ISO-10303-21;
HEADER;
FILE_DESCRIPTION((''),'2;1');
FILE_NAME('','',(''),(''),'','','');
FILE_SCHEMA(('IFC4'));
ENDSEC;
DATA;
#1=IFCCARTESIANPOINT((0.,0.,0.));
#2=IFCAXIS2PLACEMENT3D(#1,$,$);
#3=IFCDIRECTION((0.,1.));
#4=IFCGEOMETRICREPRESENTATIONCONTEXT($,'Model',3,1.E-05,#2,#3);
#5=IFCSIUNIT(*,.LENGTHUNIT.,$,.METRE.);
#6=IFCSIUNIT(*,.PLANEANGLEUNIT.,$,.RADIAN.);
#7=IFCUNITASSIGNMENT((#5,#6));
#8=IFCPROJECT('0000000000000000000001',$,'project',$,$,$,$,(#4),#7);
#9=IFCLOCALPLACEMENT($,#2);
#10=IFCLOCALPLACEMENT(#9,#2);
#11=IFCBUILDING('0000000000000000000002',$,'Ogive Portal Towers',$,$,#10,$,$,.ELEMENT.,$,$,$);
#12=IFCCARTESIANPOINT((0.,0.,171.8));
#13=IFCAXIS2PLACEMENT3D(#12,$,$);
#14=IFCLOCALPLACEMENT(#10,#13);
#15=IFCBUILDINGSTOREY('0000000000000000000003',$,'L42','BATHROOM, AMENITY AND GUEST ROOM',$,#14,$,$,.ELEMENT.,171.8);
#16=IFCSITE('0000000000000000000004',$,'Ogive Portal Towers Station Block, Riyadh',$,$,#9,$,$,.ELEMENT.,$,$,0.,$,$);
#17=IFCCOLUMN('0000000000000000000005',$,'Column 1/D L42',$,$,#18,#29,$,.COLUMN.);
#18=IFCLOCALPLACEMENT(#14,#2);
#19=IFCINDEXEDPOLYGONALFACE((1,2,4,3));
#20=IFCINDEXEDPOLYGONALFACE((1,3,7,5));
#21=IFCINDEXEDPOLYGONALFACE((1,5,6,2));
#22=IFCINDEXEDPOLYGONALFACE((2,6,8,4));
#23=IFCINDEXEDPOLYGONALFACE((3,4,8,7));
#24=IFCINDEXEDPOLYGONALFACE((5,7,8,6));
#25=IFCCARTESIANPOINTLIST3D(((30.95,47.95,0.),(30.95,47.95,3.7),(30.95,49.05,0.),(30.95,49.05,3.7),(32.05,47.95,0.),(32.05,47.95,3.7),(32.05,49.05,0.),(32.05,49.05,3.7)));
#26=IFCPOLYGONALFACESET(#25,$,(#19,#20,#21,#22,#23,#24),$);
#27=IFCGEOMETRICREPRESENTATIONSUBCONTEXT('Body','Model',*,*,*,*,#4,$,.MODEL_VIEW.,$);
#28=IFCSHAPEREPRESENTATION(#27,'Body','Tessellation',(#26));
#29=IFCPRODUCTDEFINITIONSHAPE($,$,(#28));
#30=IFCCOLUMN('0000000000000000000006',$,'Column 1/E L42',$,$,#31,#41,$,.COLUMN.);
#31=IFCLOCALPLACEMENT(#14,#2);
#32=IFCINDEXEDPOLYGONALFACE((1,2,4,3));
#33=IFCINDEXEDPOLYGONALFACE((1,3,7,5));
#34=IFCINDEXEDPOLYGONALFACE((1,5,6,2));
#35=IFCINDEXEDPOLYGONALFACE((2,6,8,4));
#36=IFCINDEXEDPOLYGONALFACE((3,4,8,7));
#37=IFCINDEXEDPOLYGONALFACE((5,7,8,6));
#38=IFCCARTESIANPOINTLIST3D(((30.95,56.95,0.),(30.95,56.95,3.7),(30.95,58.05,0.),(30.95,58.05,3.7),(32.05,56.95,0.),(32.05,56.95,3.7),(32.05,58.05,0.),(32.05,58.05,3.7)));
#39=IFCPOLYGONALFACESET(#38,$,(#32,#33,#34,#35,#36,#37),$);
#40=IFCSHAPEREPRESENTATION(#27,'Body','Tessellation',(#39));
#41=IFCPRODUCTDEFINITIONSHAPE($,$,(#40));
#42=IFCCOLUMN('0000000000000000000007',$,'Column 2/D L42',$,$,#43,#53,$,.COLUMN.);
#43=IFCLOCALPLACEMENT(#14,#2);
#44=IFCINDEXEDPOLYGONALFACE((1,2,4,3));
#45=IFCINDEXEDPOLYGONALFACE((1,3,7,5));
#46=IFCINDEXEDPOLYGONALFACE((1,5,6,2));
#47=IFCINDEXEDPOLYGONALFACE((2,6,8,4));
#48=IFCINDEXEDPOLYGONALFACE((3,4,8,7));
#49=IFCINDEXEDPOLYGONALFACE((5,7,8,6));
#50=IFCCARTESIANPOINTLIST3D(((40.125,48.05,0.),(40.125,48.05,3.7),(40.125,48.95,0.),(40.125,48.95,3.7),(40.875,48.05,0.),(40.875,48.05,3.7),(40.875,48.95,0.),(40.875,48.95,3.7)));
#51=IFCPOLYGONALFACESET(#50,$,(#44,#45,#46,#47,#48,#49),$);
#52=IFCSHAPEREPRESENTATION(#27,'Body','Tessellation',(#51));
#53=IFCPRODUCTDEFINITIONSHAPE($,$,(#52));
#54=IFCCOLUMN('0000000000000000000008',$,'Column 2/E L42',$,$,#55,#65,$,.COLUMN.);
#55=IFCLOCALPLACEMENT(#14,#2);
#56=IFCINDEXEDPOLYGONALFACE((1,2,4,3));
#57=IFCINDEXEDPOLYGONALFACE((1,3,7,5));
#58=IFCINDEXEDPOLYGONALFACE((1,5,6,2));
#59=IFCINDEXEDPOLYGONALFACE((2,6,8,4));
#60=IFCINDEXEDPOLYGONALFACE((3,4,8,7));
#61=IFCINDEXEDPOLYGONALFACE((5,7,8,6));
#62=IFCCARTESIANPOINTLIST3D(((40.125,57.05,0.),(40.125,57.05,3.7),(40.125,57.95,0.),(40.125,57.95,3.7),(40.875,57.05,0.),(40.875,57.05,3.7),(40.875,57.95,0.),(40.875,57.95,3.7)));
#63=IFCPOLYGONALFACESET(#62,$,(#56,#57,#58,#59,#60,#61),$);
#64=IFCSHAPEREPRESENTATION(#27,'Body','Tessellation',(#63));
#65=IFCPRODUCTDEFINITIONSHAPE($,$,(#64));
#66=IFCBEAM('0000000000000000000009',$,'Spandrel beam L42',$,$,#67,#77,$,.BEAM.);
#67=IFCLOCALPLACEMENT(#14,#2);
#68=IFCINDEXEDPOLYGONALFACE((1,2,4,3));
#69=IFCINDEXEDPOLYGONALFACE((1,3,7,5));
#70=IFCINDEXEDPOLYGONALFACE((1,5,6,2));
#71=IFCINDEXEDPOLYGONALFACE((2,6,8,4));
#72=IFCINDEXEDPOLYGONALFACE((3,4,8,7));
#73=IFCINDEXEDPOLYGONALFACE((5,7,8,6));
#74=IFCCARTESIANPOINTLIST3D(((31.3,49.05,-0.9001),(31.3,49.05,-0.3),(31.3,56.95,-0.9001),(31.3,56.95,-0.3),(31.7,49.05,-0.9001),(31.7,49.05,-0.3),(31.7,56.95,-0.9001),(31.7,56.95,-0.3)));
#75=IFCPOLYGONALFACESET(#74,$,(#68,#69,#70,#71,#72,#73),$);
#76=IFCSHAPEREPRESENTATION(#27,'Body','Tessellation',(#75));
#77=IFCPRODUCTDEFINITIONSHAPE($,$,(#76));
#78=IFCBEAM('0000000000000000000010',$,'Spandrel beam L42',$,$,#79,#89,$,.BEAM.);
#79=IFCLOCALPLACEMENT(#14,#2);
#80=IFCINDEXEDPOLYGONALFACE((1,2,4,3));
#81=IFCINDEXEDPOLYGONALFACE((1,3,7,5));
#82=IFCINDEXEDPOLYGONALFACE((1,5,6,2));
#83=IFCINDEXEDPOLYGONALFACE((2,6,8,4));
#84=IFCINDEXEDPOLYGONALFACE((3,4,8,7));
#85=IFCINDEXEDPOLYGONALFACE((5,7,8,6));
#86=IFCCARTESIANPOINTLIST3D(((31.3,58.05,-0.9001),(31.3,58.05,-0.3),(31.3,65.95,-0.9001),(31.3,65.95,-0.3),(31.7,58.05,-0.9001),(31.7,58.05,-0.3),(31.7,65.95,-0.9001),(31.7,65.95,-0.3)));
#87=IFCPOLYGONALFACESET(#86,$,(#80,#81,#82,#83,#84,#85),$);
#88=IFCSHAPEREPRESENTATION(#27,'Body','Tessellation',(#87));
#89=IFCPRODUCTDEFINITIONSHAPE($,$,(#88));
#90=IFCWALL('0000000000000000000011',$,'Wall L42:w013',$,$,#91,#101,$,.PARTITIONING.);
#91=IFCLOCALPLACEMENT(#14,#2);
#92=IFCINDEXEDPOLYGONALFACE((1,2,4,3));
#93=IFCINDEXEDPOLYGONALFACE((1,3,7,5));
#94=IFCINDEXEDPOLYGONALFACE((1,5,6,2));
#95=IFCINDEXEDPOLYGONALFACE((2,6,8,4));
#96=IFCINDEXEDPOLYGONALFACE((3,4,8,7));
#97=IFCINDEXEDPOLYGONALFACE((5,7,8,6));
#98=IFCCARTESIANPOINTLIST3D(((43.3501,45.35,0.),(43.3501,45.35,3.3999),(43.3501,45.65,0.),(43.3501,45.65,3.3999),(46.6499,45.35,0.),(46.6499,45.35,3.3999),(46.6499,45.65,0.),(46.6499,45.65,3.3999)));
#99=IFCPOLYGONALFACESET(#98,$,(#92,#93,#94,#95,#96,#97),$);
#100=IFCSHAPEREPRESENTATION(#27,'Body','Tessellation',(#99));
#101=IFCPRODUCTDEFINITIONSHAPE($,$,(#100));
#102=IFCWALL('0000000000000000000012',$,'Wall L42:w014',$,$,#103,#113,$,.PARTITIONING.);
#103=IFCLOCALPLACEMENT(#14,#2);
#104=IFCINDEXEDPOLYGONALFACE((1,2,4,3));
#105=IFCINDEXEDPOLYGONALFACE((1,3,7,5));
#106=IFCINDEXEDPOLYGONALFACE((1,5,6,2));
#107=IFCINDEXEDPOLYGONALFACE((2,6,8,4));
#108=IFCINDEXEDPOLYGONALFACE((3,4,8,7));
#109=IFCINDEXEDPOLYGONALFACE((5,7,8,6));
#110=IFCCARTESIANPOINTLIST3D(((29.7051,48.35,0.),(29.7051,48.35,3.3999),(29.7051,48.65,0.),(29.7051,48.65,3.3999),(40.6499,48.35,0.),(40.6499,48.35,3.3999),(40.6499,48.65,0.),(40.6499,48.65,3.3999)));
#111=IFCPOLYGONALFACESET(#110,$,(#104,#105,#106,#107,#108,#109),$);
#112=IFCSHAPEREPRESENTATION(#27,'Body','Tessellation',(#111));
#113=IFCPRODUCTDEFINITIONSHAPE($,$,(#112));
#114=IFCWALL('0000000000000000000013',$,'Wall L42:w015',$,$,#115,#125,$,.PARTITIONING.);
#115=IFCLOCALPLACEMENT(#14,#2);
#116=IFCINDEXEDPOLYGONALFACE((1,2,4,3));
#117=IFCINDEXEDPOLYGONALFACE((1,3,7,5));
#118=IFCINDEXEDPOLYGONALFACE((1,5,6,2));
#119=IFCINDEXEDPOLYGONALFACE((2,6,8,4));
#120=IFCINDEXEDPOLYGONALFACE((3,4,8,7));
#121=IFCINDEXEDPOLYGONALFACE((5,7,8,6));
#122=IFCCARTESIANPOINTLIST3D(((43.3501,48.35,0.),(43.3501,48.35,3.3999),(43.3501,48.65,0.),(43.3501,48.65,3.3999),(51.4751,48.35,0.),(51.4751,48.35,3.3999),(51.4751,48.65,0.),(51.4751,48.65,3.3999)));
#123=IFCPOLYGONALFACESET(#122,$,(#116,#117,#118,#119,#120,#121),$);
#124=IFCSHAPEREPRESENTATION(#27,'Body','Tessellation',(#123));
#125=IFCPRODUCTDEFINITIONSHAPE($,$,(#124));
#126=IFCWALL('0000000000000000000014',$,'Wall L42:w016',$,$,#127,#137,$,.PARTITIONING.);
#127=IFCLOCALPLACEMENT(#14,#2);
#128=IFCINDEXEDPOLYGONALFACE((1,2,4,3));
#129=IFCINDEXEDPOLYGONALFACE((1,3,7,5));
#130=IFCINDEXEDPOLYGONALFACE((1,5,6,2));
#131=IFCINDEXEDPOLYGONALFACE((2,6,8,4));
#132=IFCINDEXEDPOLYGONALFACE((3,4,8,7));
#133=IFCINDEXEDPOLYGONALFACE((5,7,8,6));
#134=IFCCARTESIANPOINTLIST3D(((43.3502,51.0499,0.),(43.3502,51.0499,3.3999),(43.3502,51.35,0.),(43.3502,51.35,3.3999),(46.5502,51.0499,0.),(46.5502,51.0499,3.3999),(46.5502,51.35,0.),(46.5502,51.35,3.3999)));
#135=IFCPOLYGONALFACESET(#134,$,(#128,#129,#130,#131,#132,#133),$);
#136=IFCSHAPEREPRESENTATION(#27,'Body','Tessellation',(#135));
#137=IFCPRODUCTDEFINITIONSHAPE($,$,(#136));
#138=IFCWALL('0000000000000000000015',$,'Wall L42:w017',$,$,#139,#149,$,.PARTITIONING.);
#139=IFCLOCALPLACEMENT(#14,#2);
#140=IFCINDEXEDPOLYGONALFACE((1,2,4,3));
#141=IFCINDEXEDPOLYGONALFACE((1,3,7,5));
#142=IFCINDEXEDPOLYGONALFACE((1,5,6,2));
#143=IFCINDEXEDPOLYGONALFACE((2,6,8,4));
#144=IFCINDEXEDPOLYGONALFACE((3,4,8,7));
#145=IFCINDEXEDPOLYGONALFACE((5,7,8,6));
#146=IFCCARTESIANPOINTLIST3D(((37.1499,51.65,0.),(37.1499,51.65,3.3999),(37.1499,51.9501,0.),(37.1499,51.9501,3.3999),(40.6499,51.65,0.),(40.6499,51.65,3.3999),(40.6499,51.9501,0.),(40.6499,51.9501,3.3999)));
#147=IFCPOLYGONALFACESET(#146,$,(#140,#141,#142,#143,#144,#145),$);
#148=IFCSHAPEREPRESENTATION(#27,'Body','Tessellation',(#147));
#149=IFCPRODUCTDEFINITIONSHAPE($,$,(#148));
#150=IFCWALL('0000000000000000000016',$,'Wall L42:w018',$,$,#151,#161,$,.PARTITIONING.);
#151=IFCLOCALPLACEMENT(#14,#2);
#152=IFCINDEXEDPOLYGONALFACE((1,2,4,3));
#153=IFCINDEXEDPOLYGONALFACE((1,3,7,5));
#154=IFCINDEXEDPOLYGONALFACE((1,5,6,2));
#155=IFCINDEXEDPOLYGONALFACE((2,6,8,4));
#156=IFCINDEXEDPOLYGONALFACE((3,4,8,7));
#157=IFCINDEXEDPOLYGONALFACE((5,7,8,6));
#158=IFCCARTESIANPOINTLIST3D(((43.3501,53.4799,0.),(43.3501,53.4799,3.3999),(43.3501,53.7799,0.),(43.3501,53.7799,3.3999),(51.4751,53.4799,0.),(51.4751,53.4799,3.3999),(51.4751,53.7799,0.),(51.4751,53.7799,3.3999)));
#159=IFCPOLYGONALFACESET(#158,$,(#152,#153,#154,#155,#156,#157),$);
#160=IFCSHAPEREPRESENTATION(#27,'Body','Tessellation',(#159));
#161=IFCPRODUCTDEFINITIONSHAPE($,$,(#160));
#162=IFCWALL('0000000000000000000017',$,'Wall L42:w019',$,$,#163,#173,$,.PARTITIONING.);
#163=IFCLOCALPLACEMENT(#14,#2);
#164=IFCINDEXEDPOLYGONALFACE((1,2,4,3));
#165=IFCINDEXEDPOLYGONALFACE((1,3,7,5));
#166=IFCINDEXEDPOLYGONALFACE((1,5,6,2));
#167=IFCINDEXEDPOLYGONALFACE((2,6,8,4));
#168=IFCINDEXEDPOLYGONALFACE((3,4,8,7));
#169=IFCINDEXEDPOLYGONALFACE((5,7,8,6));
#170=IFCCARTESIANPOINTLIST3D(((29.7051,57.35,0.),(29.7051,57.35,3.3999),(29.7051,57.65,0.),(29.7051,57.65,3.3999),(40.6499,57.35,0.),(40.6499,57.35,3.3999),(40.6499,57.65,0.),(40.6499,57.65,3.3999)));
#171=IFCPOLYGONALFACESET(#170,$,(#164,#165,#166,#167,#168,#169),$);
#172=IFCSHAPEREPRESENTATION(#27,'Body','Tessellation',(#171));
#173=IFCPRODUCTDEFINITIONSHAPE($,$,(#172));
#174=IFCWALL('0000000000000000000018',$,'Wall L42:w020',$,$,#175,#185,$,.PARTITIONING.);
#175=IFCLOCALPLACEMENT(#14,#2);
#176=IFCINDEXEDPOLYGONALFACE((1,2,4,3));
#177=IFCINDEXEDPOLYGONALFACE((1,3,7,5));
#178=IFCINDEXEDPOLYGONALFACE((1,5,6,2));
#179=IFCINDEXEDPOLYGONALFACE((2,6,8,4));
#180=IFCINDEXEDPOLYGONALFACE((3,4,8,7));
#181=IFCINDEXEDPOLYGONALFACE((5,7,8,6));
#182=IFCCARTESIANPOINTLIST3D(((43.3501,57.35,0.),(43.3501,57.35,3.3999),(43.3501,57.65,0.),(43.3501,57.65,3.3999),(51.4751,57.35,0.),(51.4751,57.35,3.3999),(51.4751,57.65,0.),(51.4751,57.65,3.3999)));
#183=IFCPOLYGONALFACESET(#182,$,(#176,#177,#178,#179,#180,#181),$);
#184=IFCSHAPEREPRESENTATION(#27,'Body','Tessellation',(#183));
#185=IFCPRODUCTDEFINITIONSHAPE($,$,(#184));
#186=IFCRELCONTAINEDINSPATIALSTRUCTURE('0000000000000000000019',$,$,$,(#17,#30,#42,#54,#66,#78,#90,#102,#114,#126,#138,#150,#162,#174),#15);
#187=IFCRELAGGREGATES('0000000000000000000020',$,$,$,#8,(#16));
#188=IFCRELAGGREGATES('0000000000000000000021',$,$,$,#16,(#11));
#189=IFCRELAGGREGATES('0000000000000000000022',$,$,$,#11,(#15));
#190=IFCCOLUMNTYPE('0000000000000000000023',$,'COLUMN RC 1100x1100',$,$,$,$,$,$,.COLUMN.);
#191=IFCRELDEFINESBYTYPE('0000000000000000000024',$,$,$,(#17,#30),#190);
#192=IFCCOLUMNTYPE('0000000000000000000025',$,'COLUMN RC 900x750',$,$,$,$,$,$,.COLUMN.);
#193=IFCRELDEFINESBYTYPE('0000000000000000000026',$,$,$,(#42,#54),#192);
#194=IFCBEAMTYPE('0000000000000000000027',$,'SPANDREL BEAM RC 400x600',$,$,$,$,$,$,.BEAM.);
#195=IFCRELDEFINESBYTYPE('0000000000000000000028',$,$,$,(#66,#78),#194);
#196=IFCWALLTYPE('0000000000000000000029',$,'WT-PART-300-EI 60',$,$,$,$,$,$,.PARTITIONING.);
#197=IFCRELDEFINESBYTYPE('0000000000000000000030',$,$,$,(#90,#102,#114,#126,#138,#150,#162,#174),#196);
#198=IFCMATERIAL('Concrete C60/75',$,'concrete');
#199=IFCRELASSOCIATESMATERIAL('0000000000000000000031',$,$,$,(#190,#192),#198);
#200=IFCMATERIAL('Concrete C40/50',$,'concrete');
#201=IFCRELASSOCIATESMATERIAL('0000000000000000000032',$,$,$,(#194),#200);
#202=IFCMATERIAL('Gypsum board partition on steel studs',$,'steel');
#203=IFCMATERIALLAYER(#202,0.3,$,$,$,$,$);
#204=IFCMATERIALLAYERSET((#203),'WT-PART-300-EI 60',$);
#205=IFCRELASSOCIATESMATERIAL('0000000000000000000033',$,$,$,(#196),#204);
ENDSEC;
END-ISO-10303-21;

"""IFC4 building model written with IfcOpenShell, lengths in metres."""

from ifc_helpers import new_model, si_unit, direction, frame, frame_2d, origin, origin_2d, place, context, subcontext, project, spatial, rectangle, extrude, material, layer, layer_set, material_profile, profile_set, type_object, element, save


model = new_model("IFC4")

# Units and contexts
model_context = context("Model", 3, precision=1e-05, world=origin(), true_north=direction((0.0, 1.0)))
body_context = subcontext(model_context, "Body", "Model", "MODEL_VIEW")
ifc_project = project(units=[si_unit("LENGTHUNIT", "METRE"), si_unit("PLANEANGLEUNIT", "RADIAN")], contexts=[model_context])

# Site, building, storey
site_placement = place(None, origin())
site = spatial("IfcSite", under=ifc_project, at=site_placement, Name="Ogive Portal Towers Station Block, Riyadh", CompositionType="ELEMENT", RefElevation=0.0)
building_placement = place(site_placement, origin())
building = spatial("IfcBuilding", under=site, at=building_placement, Name="Ogive Portal Towers", CompositionType="ELEMENT")
storey_placement = place(building_placement, frame((0.0, 0.0, 171.8)))
storey = spatial("IfcBuildingStorey", under=building, at=storey_placement, Name="L42", Description="BATHROOM, AMENITY AND GUEST ROOM", CompositionType="ELEMENT", Elevation=171.8)

# Columns
ifc_material_1 = material(Name="Concrete C60/75", Category="concrete")
ifc_material_profile_1 = material_profile(ifc_material_1, rectangle(XDim=1.1001, YDim=1.1001, at=origin_2d()), Name="RC 1100x1100")
ifc_profile_set_1 = profile_set([ifc_material_profile_1], Name="Concrete C60/75")
column_type_1 = type_object("IfcColumnType", Name="COLUMN RC 1100x1100", PredefinedType="COLUMN", material=ifc_profile_set_1)
for number, where, z_axis, x_axis, name in (
    (1, (31.5, 48.5, 0.0), (0.0, 0.0, 1.0), (1.0, 0.0, 0.0), "Column 1/D L42"),
    (2, (31.5, 57.5, 0.0), (0.0, 0.0, 1.0), (1.0, 0.0, 0.0), "Column 1/E L42"),
):
    element("IfcColumn", number, at=place(storey_placement, frame(where, z_axis=z_axis, x_axis=x_axis)), inside=storey, type_object=column_type_1, Name=name, PredefinedType="COLUMN", context=body_context, shape_type="SweptSolid", body=[
        extrude(rectangle(XDim=1.1001, YDim=1.1001, at=origin_2d()), origin(), (0.0, 0.0, 1.0), 3.7),
    ])
ifc_material_profile_2 = material_profile(ifc_material_1, rectangle(XDim=0.8999, YDim=0.75, at=origin_2d()), Name="RC 900x750")
ifc_profile_set_2 = profile_set([ifc_material_profile_2], Name="Concrete C60/75")
column_type_2 = type_object("IfcColumnType", Name="COLUMN RC 900x750", PredefinedType="COLUMN", material=ifc_profile_set_2)
for number, where, z_axis, x_axis, name in (
    (3, (40.5, 48.5, 0.0), (0.0, 0.0, 1.0), (0.0, 1.0, 0.0), "Column 2/D L42"),
    (4, (40.5, 57.5, 0.0), (0.0, 0.0, 1.0), (0.0, 1.0, 0.0), "Column 2/E L42"),
):
    element("IfcColumn", number, at=place(storey_placement, frame(where, z_axis=z_axis, x_axis=x_axis)), inside=storey, type_object=column_type_2, Name=name, PredefinedType="COLUMN", context=body_context, shape_type="SweptSolid", body=[
        extrude(rectangle(XDim=0.8999, YDim=0.75, at=origin_2d()), origin(), (0.0, 0.0, 1.0), 3.7),
    ])

# Beams
ifc_material_2 = material(Name="Concrete C40/50", Category="concrete")
ifc_material_profile_3 = material_profile(ifc_material_2, rectangle(XDim=0.3999, YDim=0.6001, at=origin_2d()), Name="RC 400x600")
ifc_profile_set_3 = profile_set([ifc_material_profile_3], Name="Concrete C40/50")
beam_type = type_object("IfcBeamType", Name="SPANDREL BEAM RC 400x600", PredefinedType="BEAM", material=ifc_profile_set_3)
for number, where, z_axis, x_axis, name in (
    (5, (31.5, 49.05, -0.6001), (0.0, 1.0, 0.0), (-1.0, 0.0, 0.0), "Spandrel beam L42"),
    (6, (31.5, 58.05, -0.6001), (0.0, 1.0, 0.0), (-1.0, 0.0, 0.0), "Spandrel beam L42"),
):
    element("IfcBeam", number, at=place(storey_placement, frame(where, z_axis=z_axis, x_axis=x_axis)), inside=storey, type_object=beam_type, Name=name, PredefinedType="BEAM", context=body_context, shape_type="SweptSolid", body=[
        extrude(rectangle(XDim=0.3999, YDim=0.6001, at=origin_2d()), origin(), (0.0, 0.0, 1.0), 7.8999),
    ])

# Walls
ifc_material_3 = material(Name="Gypsum board partition on steel studs", Category="steel")
ifc_layer_1 = layer(ifc_material_3, 0.3)
ifc_layer_set_1 = layer_set([ifc_layer_1], Name="WT-PART-300-EI 60")
wall_type = type_object("IfcWallType", Name="WT-PART-300-EI 60", PredefinedType="PARTITIONING", material=ifc_layer_set_1)
wall_1_placement = place(storey_placement, frame((43.3501, 45.5, 0.0), z_axis=(0.0, 0.0, 1.0), x_axis=(1.0, 0.0, 0.0)))
element("IfcWall", 7, at=wall_1_placement, inside=storey, type_object=wall_type, Name="Wall L42:w013", PredefinedType="PARTITIONING", context=body_context, shape_type="SweptSolid", body=[
    extrude(rectangle(XDim=3.2998, YDim=0.3, at=frame_2d((1.6499, 0.0))), origin(), (0.0, 0.0, 1.0), 3.3999),
])
wall_2_placement = place(storey_placement, frame((29.7051, 48.5, 0.0), z_axis=(0.0, 0.0, 1.0), x_axis=(1.0, 0.0, 0.0)))
element("IfcWall", 8, at=wall_2_placement, inside=storey, type_object=wall_type, Name="Wall L42:w014", PredefinedType="PARTITIONING", context=body_context, shape_type="SweptSolid", body=[
    extrude(rectangle(XDim=10.9448, YDim=0.3, at=frame_2d((5.4724, 0.0))), origin(), (0.0, 0.0, 1.0), 3.3999),
])
wall_3_placement = place(storey_placement, frame((43.3501, 48.5, 0.0), z_axis=(0.0, 0.0, 1.0), x_axis=(1.0, 0.0, 0.0)))
element("IfcWall", 9, at=wall_3_placement, inside=storey, type_object=wall_type, Name="Wall L42:w015", PredefinedType="PARTITIONING", context=body_context, shape_type="SweptSolid", body=[
    extrude(rectangle(XDim=8.125, YDim=0.3, at=frame_2d((4.0625, 0.0))), origin(), (0.0, 0.0, 1.0), 3.3999),
])
wall_4_placement = place(storey_placement, frame((43.3501, 51.2, 0.0), z_axis=(0.0, 0.0, 1.0), x_axis=(1.0, 0.0, 0.0)))
element("IfcWall", 10, at=wall_4_placement, inside=storey, type_object=wall_type, Name="Wall L42:w016", PredefinedType="PARTITIONING", context=body_context, shape_type="SweptSolid", body=[
    extrude(rectangle(XDim=3.2, YDim=0.3, at=frame_2d((1.6001, 0.0))), origin(), (0.0, 0.0, 1.0), 3.3999),
])
wall_5_placement = place(storey_placement, frame((37.1499, 51.8, 0.0), z_axis=(0.0, 0.0, 1.0), x_axis=(1.0, 0.0, 0.0)))
element("IfcWall", 11, at=wall_5_placement, inside=storey, type_object=wall_type, Name="Wall L42:w017", PredefinedType="PARTITIONING", context=body_context, shape_type="SweptSolid", body=[
    extrude(rectangle(XDim=3.5, YDim=0.3, at=frame_2d((1.75, 0.0))), origin(), (0.0, 0.0, 1.0), 3.3999),
])
wall_6_placement = place(storey_placement, frame((43.3501, 53.6299, 0.0), z_axis=(0.0, 0.0, 1.0), x_axis=(1.0, 0.0, 0.0)))
element("IfcWall", 12, at=wall_6_placement, inside=storey, type_object=wall_type, Name="Wall L42:w018", PredefinedType="PARTITIONING", context=body_context, shape_type="SweptSolid", body=[
    extrude(rectangle(XDim=8.125, YDim=0.3, at=frame_2d((4.0625, 0.0))), origin(), (0.0, 0.0, 1.0), 3.3999),
])
wall_7_placement = place(storey_placement, frame((29.7051, 57.5, 0.0), z_axis=(0.0, 0.0, 1.0), x_axis=(1.0, 0.0, 0.0)))
element("IfcWall", 13, at=wall_7_placement, inside=storey, type_object=wall_type, Name="Wall L42:w019", PredefinedType="PARTITIONING", context=body_context, shape_type="SweptSolid", body=[
    extrude(rectangle(XDim=10.9448, YDim=0.3, at=frame_2d((5.4724, 0.0))), origin(), (0.0, 0.0, 1.0), 3.3999),
])
wall_8_placement = place(storey_placement, frame((43.3501, 57.5, 0.0), z_axis=(0.0, 0.0, 1.0), x_axis=(1.0, 0.0, 0.0)))
element("IfcWall", 14, at=wall_8_placement, inside=storey, type_object=wall_type, Name="Wall L42:w020", PredefinedType="PARTITIONING", context=body_context, shape_type="SweptSolid", body=[
    extrude(rectangle(XDim=8.125, YDim=0.3, at=frame_2d((4.0625, 0.0))), origin(), (0.0, 0.0, 1.0), 3.3999),
])

save(model, "model.ifc")
